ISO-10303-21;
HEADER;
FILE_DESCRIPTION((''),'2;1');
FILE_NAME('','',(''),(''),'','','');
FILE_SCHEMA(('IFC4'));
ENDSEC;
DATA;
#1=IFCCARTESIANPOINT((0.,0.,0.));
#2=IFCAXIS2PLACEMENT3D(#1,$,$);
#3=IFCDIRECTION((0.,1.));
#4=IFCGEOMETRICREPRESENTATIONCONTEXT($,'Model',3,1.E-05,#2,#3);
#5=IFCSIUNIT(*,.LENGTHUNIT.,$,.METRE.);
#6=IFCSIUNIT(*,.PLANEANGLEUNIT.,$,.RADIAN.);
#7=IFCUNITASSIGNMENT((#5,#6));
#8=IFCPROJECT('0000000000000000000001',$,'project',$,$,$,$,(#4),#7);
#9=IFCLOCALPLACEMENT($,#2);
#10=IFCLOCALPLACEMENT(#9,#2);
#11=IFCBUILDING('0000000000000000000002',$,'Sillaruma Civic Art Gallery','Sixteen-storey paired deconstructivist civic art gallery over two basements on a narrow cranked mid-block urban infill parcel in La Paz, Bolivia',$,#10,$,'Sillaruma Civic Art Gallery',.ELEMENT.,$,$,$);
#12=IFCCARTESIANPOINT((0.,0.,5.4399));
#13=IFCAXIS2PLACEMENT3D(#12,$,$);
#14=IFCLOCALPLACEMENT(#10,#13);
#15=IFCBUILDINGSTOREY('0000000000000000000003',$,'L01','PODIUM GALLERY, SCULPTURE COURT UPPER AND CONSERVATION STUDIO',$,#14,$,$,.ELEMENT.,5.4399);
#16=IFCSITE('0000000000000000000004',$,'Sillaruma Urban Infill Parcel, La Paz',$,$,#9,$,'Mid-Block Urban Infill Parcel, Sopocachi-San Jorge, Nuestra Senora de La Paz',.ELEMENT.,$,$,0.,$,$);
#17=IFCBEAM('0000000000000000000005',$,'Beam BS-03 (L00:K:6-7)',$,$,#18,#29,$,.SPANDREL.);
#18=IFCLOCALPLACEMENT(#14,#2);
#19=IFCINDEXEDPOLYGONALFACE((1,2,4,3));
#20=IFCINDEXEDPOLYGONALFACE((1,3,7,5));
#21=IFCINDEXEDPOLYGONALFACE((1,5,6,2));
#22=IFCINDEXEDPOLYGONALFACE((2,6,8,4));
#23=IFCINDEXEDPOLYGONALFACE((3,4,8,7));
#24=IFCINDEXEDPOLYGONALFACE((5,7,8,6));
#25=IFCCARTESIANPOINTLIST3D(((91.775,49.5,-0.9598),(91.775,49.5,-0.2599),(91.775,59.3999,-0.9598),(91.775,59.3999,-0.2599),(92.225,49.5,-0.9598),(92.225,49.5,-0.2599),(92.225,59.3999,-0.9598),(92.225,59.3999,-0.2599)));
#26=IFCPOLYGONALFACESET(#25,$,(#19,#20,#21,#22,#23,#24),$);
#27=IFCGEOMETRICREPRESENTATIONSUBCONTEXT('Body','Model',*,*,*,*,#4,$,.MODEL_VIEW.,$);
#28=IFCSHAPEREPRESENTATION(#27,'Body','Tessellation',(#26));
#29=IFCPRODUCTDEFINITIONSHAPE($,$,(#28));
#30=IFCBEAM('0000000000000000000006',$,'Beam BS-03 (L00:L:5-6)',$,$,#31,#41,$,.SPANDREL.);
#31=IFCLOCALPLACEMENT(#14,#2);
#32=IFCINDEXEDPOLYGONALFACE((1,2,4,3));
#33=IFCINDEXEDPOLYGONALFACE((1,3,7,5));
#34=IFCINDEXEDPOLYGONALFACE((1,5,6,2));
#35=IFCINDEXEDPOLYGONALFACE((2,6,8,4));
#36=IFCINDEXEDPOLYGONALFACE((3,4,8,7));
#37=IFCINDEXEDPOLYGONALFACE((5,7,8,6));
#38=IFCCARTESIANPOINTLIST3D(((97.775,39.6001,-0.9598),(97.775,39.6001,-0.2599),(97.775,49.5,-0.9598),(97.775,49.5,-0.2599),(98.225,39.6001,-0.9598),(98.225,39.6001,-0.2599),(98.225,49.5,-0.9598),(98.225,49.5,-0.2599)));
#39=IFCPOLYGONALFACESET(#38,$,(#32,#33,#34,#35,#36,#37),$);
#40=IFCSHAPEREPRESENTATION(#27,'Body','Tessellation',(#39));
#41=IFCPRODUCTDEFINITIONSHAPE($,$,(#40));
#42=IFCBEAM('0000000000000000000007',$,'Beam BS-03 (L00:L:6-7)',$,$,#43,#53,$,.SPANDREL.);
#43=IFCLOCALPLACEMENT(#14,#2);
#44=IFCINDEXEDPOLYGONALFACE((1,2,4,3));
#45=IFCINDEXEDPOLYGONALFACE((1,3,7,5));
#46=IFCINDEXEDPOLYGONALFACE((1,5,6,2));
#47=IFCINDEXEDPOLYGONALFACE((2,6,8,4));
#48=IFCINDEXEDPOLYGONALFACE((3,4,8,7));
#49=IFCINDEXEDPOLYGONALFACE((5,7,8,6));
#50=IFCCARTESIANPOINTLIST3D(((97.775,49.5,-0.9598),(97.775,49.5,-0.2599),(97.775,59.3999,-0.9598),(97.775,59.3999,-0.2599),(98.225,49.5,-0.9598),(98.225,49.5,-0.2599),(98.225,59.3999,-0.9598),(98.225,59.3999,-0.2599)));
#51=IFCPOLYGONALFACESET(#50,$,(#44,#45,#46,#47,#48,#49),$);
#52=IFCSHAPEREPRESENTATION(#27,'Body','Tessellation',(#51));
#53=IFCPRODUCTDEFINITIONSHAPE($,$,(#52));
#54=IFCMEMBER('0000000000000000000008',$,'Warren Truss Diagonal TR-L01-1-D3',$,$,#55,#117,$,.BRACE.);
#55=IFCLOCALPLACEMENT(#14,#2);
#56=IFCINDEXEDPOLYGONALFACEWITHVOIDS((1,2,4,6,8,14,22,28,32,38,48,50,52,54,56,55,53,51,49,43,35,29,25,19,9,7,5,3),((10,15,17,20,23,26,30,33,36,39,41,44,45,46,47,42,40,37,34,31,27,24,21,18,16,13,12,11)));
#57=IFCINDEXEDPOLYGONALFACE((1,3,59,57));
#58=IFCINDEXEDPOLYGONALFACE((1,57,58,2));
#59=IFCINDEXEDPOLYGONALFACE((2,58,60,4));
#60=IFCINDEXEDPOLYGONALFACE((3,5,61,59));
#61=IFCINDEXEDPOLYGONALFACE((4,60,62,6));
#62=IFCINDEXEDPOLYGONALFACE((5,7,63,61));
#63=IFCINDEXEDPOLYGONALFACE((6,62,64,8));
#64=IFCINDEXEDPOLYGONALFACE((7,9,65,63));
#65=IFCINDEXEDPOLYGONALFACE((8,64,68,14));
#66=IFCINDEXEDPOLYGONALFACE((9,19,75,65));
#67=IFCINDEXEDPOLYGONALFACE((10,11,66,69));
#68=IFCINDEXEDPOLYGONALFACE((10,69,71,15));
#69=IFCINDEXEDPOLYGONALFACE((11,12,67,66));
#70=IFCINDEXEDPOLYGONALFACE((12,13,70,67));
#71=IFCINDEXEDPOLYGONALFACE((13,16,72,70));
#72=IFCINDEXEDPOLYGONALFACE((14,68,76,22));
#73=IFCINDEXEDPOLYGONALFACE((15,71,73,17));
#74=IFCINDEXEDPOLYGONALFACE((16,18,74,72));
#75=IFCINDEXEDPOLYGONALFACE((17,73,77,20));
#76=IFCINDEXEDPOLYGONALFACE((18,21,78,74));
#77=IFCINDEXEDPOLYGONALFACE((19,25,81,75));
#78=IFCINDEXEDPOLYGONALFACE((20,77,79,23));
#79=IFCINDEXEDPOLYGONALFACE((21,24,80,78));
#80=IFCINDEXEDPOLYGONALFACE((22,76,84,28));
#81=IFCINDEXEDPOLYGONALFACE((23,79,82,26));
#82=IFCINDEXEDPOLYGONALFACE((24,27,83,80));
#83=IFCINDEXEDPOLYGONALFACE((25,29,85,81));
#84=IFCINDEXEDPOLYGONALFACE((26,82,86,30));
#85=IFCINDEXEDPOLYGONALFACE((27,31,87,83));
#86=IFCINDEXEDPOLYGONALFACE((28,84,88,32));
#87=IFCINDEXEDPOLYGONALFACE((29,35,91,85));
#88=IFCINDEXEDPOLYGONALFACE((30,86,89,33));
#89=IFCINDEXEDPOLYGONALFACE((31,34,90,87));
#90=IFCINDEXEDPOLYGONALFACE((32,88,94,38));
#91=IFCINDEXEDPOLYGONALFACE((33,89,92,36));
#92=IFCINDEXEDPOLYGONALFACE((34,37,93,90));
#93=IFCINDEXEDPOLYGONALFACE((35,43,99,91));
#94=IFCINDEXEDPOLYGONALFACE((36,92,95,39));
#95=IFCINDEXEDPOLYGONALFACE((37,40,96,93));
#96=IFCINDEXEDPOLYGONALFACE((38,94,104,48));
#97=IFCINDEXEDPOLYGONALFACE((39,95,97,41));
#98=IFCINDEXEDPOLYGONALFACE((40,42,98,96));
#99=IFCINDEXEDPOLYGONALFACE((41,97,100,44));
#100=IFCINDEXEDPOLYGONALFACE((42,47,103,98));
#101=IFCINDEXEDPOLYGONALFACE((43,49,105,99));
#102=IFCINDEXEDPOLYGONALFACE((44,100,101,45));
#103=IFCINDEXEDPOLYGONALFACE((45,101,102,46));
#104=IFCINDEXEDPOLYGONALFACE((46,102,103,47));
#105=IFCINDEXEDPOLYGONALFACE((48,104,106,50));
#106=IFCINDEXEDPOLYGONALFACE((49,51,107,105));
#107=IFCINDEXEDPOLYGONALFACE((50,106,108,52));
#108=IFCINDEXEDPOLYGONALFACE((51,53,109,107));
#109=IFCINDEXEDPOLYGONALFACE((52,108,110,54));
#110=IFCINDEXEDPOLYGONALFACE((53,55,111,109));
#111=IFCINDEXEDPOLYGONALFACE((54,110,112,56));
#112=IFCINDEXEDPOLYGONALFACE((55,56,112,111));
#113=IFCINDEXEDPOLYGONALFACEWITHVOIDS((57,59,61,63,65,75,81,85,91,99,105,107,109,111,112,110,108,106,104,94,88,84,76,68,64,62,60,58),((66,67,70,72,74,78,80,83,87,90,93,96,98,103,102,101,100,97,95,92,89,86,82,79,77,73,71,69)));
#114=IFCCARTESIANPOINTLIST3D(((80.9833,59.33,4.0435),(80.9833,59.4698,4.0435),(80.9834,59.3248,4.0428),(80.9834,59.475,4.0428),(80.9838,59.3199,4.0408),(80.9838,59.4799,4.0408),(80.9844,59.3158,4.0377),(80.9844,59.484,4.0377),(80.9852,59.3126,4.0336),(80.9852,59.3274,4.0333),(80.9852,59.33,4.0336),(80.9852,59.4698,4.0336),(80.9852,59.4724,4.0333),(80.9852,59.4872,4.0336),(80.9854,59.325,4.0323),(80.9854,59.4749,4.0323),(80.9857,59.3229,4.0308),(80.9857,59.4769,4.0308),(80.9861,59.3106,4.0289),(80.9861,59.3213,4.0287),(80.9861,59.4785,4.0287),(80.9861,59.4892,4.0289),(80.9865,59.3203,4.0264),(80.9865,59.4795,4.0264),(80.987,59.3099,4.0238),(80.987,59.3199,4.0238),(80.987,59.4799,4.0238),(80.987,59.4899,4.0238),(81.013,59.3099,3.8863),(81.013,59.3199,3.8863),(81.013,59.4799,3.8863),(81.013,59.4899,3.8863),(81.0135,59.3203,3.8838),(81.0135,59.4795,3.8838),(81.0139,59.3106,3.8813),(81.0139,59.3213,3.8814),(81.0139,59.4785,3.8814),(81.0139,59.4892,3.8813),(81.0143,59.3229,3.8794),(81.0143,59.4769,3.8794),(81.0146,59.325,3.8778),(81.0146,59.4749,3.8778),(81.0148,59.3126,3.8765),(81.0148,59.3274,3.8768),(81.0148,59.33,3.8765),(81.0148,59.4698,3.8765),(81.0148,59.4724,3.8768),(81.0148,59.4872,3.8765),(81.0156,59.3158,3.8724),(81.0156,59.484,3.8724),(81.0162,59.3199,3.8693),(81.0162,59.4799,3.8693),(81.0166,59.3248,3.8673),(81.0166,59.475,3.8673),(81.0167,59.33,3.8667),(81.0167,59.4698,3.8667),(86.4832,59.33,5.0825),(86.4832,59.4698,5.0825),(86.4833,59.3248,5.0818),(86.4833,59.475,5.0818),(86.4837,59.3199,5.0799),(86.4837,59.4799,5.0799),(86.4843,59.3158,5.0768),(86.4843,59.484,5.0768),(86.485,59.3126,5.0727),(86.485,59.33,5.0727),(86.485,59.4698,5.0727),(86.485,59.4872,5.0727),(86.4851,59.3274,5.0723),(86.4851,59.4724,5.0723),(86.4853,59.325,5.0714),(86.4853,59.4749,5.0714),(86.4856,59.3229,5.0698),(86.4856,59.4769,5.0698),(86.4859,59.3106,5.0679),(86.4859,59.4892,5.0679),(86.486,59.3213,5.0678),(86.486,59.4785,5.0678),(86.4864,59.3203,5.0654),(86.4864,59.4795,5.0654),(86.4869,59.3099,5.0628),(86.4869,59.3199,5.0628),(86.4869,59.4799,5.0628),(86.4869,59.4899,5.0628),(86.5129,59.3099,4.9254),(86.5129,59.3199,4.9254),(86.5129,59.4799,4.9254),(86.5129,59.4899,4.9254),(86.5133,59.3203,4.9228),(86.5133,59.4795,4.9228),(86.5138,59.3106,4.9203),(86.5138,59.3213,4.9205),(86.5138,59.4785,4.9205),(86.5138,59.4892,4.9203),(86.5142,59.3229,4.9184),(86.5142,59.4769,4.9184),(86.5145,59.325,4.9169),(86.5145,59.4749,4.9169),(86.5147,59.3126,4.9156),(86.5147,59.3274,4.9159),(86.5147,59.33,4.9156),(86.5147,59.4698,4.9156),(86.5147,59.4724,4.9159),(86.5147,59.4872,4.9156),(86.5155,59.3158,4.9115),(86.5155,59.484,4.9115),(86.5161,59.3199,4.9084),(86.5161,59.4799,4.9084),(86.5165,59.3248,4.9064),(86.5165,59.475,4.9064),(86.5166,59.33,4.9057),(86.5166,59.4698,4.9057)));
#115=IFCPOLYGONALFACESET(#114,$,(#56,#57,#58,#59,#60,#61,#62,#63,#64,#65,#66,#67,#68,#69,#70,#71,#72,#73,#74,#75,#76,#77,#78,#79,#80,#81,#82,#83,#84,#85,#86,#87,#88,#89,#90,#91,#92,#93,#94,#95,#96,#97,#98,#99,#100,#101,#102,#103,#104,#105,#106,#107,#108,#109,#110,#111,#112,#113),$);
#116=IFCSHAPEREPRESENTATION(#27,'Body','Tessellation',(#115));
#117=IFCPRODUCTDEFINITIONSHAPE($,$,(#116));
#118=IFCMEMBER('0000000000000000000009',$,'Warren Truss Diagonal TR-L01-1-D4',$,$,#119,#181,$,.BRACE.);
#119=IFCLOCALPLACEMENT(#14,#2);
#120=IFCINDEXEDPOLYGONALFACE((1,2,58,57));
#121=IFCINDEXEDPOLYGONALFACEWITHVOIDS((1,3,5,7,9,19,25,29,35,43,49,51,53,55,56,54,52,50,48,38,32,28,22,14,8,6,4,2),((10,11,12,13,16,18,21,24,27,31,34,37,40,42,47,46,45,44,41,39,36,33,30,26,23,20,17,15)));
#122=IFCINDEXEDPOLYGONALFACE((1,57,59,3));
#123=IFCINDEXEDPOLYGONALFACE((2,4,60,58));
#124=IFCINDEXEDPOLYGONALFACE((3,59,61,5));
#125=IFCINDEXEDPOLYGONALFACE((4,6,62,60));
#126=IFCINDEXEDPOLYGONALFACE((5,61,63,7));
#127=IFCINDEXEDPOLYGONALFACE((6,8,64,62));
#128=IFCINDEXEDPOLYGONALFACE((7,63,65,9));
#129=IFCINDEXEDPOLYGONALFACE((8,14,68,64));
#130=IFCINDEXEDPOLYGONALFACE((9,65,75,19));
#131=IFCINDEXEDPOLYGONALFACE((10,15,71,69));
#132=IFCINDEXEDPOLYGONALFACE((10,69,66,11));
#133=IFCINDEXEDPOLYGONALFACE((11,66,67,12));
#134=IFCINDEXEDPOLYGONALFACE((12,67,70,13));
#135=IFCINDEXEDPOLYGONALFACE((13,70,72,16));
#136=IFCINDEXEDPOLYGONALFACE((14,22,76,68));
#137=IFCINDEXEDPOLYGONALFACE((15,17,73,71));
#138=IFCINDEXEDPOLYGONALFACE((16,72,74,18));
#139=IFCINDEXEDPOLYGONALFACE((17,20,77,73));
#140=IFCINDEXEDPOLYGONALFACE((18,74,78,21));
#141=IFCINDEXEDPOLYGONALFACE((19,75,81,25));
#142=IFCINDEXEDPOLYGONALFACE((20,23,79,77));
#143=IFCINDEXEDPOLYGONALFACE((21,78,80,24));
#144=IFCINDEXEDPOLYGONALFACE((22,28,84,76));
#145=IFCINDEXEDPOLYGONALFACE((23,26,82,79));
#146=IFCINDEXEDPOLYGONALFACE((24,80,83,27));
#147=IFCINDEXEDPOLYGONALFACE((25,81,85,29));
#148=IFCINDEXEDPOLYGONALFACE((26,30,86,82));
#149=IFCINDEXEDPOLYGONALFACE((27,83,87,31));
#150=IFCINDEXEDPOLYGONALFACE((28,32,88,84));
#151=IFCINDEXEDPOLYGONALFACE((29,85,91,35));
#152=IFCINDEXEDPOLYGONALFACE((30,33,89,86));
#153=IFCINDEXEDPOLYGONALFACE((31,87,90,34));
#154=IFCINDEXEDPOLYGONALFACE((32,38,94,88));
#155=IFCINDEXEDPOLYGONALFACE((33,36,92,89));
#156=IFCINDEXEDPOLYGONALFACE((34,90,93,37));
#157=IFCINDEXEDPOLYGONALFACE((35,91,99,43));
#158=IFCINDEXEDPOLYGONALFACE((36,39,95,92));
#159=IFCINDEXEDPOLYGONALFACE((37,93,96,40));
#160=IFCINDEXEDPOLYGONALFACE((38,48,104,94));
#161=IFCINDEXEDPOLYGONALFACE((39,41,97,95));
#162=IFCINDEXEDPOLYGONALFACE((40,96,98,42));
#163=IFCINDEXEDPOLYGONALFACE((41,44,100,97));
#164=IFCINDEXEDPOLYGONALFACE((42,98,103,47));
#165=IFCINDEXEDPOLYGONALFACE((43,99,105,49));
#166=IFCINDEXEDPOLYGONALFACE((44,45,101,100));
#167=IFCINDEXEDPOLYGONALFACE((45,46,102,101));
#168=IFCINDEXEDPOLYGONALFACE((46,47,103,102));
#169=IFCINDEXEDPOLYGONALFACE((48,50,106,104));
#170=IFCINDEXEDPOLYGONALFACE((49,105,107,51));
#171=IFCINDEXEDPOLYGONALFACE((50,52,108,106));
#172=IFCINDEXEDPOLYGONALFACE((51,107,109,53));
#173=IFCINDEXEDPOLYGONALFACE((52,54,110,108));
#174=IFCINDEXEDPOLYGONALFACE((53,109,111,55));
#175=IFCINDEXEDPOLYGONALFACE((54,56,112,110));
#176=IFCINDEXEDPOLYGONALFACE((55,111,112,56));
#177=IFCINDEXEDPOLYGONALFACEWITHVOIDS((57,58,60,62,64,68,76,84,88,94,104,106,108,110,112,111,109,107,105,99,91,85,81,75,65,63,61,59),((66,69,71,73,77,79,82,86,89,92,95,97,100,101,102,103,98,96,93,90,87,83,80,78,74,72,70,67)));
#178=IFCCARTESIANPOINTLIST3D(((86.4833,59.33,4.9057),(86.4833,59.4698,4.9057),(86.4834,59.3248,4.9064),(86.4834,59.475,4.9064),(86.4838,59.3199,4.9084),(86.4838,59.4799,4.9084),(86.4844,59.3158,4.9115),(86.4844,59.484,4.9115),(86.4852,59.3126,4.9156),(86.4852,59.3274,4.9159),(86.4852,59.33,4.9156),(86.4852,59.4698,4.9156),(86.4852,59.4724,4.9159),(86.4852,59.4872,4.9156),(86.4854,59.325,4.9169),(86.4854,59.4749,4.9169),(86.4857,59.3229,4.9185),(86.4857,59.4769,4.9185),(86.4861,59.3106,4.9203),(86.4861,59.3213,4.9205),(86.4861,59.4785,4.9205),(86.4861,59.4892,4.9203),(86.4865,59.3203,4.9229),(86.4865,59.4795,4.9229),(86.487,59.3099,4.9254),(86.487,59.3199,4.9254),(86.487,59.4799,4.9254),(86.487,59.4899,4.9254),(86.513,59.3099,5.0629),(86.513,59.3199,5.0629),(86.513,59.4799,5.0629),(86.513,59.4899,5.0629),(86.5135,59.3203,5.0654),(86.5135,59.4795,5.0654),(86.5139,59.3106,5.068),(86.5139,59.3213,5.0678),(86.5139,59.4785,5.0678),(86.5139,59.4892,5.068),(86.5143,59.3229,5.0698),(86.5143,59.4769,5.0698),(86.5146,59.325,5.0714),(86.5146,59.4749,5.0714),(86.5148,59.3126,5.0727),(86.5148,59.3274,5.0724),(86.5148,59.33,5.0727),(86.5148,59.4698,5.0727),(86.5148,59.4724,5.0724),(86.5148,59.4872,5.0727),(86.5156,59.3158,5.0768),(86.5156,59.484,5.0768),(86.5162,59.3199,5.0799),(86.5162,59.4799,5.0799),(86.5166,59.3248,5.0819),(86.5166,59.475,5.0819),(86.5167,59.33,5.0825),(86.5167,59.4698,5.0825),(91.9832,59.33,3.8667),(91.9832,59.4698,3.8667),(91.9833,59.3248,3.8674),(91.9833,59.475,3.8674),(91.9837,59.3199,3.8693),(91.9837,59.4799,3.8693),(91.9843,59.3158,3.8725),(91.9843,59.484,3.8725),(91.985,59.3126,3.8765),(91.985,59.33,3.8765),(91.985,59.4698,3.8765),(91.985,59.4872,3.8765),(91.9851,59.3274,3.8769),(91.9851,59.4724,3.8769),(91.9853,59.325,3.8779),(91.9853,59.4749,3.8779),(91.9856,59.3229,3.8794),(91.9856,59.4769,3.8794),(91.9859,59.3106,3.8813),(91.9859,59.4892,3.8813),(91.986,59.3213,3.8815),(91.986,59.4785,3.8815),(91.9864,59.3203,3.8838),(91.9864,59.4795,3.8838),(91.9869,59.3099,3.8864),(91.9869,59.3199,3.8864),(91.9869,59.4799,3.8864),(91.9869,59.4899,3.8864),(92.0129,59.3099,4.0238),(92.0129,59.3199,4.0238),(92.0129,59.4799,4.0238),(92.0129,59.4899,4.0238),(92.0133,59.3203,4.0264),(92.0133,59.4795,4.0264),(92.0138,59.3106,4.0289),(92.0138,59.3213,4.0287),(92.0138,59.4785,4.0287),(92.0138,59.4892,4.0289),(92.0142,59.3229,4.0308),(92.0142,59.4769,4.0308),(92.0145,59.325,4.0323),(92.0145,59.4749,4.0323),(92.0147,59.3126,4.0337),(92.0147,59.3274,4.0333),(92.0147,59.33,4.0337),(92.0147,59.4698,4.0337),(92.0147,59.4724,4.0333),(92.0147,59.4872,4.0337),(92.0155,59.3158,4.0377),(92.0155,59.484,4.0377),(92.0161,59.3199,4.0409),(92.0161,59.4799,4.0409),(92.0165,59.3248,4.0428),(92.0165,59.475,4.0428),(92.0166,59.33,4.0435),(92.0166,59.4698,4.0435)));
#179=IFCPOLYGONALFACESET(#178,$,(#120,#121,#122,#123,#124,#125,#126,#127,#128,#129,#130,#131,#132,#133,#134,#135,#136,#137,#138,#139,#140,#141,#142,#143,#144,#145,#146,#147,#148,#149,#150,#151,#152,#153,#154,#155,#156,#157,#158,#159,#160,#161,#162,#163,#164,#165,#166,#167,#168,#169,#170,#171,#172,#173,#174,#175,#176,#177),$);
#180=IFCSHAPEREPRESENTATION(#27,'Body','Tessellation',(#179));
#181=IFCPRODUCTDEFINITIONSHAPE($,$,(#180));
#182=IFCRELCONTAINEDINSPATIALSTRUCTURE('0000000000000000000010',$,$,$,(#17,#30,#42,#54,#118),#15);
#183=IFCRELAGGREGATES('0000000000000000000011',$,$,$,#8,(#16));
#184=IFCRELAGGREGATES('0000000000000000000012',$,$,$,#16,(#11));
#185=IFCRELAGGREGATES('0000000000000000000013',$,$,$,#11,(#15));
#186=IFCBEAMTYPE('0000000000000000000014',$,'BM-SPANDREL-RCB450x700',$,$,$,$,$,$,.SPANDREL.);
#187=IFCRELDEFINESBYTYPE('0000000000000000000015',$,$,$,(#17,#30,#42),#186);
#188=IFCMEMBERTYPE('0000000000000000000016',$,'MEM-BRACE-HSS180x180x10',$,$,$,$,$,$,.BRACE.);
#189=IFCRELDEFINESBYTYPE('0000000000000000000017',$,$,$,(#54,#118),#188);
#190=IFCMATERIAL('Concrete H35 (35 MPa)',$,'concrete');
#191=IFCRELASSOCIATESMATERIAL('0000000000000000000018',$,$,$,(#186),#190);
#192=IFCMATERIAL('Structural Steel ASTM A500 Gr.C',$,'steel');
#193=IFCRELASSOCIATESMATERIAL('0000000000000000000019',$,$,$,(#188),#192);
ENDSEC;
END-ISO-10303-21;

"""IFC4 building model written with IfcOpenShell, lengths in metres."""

from ifc_helpers import new_model, si_unit, direction, frame, origin, origin_2d, place, context, subcontext, project, spatial, rectangle, hollow_rectangle, extrude, material, material_profile, profile_set, type_object, element, save


model = new_model("IFC4")

# Units and contexts
model_context = context("Model", 3, precision=1e-05, world=origin(), true_north=direction((0.0, 1.0)))
body_context = subcontext(model_context, "Body", "Model", "MODEL_VIEW")
ifc_project = project(units=[si_unit("LENGTHUNIT", "METRE"), si_unit("PLANEANGLEUNIT", "RADIAN")], contexts=[model_context])

# Site, building, storey
site_placement = place(None, origin())
site = spatial("IfcSite", under=ifc_project, at=site_placement, Name="Sillaruma Urban Infill Parcel, La Paz", LongName="Mid-Block Urban Infill Parcel, Sopocachi-San Jorge, Nuestra Senora de La Paz", CompositionType="ELEMENT", RefElevation=0.0)
building_placement = place(site_placement, origin())
building = spatial("IfcBuilding", under=site, at=building_placement, Name="Sillaruma Civic Art Gallery", Description="Sixteen-storey paired deconstructivist civic art gallery over two basements on a narrow cranked mid-block urban infill parcel in La Paz, Bolivia", LongName="Sillaruma Civic Art Gallery", CompositionType="ELEMENT")
storey_placement = place(building_placement, frame((0.0, 0.0, 5.4399)))
storey = spatial("IfcBuildingStorey", under=building, at=storey_placement, Name="L01", Description="PODIUM GALLERY, SCULPTURE COURT UPPER AND CONSERVATION STUDIO", CompositionType="ELEMENT", Elevation=5.4399)

# Beams
ifc_material_1 = material(Name="Concrete H35 (35 MPa)", Category="concrete")
ifc_material_profile_1 = material_profile(ifc_material_1, rectangle(XDim=0.45, YDim=0.7, at=origin_2d()), Name="RCB450x700")
ifc_profile_set_1 = profile_set([ifc_material_profile_1], Name="Concrete H35 (35 MPa)")
beam_type_1 = type_object("IfcBeamType", Name="BM-SPANDREL-RCB450x700", PredefinedType="SPANDREL", material=ifc_profile_set_1)
for number, where, z_axis, x_axis, name in (
    (1, (92.0, 49.5, -0.6099), (0.0, 1.0, 0.0), (-1.0, 0.0, 0.0), "Beam BS-03 (L00:K:6-7)"),
    (2, (98.0, 39.6001, -0.6099), (0.0, 1.0, 0.0), (-1.0, 0.0, 0.0), "Beam BS-03 (L00:L:5-6)"),
    (3, (98.0, 49.5, -0.6099), (0.0, 1.0, 0.0), (-1.0, 0.0, 0.0), "Beam BS-03 (L00:L:6-7)"),
):
    element("IfcBeam", number, at=place(storey_placement, frame(where, z_axis=z_axis, x_axis=x_axis)), inside=storey, type_object=beam_type_1, Name=name, PredefinedType="SPANDREL", context=body_context, shape_type="SweptSolid", body=[
        extrude(rectangle(XDim=0.45, YDim=0.7, at=origin_2d()), origin(), (0.0, 0.0, 1.0), 9.8999),
    ])

# Members
ifc_material_2 = material(Name="Structural Steel ASTM A500 Gr.C", Category="steel")
ifc_material_profile_2 = material_profile(ifc_material_2, hollow_rectangle(XDim=0.1799, YDim=0.1799, WallThickness=0.01, InnerFilletRadius=0.01, OuterFilletRadius=0.02, at=origin_2d()), Name="HSS180x180x10")
ifc_profile_set_2 = profile_set([ifc_material_profile_2], Name="Structural Steel ASTM A500 Gr.C")
member_type_1 = type_object("IfcMemberType", Name="MEM-BRACE-HSS180x180x10", PredefinedType="BRACE", material=ifc_profile_set_2)
for number, where, z_axis, x_axis, name in (
    (4, (81.0, 59.3999, 3.9551), (0.982618, 0.0, 0.185637), (0.0, 1.0, 0.0), "Warren Truss Diagonal TR-L01-1-D3"),
    (5, (86.5, 59.3999, 4.9941), (0.982618, 0.0, -0.185637), (0.0, 1.0, 0.0), "Warren Truss Diagonal TR-L01-1-D4"),
):
    element("IfcMember", number, at=place(storey_placement, frame(where, z_axis=z_axis, x_axis=x_axis)), inside=storey, type_object=member_type_1, Name=name, PredefinedType="BRACE", context=body_context, shape_type="SweptSolid", body=[
        extrude(hollow_rectangle(XDim=0.1799, YDim=0.1799, WallThickness=0.01, InnerFilletRadius=0.01, OuterFilletRadius=0.02, at=origin_2d()), origin(), (0.0, 0.0, 1.0), 5.5972),
    ])

save(model, "model.ifc")
